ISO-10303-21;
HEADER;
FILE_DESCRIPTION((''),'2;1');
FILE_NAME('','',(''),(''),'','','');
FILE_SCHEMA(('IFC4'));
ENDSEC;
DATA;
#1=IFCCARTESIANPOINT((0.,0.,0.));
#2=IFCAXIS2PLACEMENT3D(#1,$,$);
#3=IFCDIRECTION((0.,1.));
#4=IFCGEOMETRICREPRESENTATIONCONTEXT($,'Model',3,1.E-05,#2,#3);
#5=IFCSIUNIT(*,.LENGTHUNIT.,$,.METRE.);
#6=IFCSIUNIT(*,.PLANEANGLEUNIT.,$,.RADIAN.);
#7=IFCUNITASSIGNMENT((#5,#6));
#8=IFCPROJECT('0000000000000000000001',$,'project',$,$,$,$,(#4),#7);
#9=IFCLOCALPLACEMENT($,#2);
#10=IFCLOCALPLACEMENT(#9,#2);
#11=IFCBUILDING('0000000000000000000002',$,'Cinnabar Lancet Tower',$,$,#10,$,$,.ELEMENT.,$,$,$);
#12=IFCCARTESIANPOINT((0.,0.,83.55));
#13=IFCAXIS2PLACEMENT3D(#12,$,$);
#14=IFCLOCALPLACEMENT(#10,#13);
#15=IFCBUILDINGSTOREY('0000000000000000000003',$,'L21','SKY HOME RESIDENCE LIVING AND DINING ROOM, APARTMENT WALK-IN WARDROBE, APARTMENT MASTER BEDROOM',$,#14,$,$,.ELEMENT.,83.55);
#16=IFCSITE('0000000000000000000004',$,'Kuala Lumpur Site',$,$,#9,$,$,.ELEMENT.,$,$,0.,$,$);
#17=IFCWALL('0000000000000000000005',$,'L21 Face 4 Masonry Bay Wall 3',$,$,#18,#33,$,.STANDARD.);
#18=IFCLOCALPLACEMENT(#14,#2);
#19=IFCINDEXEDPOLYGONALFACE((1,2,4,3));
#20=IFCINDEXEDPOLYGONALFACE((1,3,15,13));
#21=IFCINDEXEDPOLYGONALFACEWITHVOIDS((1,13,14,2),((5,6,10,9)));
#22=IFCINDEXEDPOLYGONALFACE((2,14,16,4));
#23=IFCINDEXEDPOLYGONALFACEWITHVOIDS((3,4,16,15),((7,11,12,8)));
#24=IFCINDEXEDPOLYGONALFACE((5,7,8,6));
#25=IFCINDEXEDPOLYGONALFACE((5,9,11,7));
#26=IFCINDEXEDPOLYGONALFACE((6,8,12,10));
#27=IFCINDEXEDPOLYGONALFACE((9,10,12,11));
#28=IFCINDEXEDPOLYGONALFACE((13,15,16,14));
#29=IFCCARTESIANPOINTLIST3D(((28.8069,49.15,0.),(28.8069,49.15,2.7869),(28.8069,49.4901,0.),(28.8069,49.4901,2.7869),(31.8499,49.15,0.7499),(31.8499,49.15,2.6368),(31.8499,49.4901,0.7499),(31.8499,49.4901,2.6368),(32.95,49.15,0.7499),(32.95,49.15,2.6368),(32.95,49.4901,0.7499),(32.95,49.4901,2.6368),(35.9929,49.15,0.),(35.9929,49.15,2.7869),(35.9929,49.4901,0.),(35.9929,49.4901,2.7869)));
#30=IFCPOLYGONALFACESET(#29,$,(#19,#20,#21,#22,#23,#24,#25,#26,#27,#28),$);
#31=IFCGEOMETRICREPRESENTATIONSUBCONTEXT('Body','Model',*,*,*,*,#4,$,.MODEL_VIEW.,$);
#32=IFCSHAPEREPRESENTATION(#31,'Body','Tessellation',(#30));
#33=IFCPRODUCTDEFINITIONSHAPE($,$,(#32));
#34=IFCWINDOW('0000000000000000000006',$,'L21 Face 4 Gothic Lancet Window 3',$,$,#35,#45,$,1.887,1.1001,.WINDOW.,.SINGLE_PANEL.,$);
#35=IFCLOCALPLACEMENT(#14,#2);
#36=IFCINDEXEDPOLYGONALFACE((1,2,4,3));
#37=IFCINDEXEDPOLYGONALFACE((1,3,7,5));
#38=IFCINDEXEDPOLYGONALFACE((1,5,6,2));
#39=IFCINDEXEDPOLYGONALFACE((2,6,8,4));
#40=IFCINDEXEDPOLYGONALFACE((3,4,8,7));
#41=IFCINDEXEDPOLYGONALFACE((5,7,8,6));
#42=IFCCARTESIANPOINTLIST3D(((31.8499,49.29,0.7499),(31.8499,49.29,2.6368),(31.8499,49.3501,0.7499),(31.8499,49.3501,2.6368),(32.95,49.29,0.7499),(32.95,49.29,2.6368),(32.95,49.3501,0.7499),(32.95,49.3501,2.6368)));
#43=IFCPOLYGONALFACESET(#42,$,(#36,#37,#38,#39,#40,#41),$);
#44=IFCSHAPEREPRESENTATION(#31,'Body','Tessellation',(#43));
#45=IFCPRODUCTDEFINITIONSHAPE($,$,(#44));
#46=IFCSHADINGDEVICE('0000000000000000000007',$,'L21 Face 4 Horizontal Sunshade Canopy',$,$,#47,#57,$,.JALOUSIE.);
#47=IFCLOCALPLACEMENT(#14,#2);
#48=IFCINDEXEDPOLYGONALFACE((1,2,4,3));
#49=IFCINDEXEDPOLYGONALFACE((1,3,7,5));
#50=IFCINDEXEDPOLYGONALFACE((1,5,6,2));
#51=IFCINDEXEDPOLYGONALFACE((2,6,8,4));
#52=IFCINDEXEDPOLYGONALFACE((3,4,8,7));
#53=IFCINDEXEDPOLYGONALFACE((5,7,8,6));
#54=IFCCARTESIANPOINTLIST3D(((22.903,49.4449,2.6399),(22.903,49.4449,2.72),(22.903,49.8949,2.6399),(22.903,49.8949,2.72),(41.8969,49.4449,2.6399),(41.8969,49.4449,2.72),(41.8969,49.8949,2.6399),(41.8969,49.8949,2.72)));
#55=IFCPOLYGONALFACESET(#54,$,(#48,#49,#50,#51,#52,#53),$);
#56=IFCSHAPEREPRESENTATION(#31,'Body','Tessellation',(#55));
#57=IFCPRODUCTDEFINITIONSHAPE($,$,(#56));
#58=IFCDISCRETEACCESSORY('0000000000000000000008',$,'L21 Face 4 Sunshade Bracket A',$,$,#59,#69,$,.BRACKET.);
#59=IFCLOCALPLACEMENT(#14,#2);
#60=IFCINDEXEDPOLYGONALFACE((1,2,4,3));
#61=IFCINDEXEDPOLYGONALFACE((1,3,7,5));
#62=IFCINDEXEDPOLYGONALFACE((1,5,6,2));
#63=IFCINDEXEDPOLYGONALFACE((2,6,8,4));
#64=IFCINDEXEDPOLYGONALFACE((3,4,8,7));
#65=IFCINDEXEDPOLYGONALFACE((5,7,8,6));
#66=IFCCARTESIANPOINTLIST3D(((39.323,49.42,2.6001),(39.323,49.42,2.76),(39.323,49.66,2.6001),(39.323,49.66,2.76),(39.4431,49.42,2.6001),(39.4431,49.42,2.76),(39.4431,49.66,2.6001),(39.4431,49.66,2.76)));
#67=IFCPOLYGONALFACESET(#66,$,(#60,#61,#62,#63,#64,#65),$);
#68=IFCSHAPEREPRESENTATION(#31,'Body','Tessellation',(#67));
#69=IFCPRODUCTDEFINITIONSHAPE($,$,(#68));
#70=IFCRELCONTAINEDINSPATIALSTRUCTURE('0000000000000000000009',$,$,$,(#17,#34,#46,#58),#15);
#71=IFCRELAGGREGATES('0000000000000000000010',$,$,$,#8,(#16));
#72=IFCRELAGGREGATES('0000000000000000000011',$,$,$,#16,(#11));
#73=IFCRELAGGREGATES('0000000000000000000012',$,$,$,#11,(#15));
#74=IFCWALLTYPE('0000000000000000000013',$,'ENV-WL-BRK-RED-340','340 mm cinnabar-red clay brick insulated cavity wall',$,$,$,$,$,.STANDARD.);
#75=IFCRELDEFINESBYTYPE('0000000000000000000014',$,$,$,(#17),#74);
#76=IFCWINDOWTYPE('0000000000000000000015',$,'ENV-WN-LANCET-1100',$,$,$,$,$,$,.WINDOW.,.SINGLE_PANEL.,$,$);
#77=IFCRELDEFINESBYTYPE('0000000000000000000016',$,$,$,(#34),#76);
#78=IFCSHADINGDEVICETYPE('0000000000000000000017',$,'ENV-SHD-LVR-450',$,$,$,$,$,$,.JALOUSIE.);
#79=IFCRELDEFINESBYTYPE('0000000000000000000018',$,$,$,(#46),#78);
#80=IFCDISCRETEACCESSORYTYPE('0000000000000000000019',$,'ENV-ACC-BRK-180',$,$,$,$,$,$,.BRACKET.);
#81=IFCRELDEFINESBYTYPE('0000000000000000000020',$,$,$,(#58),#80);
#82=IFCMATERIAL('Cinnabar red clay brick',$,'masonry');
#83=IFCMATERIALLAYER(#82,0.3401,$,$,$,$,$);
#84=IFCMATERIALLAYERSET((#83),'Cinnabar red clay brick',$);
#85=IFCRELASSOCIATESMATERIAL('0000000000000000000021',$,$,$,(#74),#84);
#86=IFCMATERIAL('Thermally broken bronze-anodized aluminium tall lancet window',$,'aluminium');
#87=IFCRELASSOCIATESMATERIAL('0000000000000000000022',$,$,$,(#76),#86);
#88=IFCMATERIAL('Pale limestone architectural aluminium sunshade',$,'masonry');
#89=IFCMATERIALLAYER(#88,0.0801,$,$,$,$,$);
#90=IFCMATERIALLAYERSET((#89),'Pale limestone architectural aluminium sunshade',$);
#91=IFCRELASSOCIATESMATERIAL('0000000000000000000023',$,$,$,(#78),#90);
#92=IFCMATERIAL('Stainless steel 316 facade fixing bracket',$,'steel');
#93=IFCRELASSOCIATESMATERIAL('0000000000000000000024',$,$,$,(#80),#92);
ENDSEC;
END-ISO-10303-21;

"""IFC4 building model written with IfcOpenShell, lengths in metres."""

from ifc_helpers import new_model, si_unit, direction, frame, frame_2d, origin, origin_2d, place, context, subcontext, project, spatial, rectangle, extrude, material, layer, layer_set, type_object, element, fill, save


model = new_model("IFC4")

# Units and contexts
model_context = context("Model", 3, precision=1e-05, world=origin(), true_north=direction((0.0, 1.0)))
body_context = subcontext(model_context, "Body", "Model", "MODEL_VIEW")
ifc_project = project(units=[si_unit("LENGTHUNIT", "METRE"), si_unit("PLANEANGLEUNIT", "RADIAN")], contexts=[model_context])

# Site, building, storey
site_placement = place(None, origin())
site = spatial("IfcSite", under=ifc_project, at=site_placement, Name="Kuala Lumpur Site", CompositionType="ELEMENT", RefElevation=0.0)
building_placement = place(site_placement, origin())
building = spatial("IfcBuilding", under=site, at=building_placement, Name="Cinnabar Lancet Tower", CompositionType="ELEMENT")
storey_placement = place(building_placement, frame((0.0, 0.0, 83.55)))
storey = spatial("IfcBuildingStorey", under=building, at=storey_placement, Name="L21", Description="SKY HOME RESIDENCE LIVING AND DINING ROOM, APARTMENT WALK-IN WARDROBE, APARTMENT MASTER BEDROOM", CompositionType="ELEMENT", Elevation=83.55)

# Wall, opening, window
ifc_material_1 = material(Name="Cinnabar red clay brick", Category="masonry")
ifc_layer_1 = layer(ifc_material_1, 0.3401)
ifc_layer_set_1 = layer_set([ifc_layer_1], Name="Cinnabar red clay brick")
wall_type_1 = type_object("IfcWallType", Name="ENV-WL-BRK-RED-340", Description="340 mm cinnabar-red clay brick insulated cavity wall", PredefinedType="STANDARD", material=ifc_layer_set_1)
ifc_material_2 = material(Name="Thermally broken bronze-anodized aluminium tall lancet window", Category="aluminium")
window_type = type_object("IfcWindowType", Name="ENV-WN-LANCET-1100", PartitioningType="SINGLE_PANEL", PredefinedType="WINDOW", material=ifc_material_2)
wall_1_placement = place(storey_placement, frame((35.9929, 49.3201, 0.0), z_axis=(0.0, 0.0, 1.0), x_axis=(-1.0, 0.0, 0.0)))
wall_1 = element("IfcWall", 1, at=wall_1_placement, inside=storey, type_object=wall_type_1, Name="L21 Face 4 Masonry Bay Wall 3", PredefinedType="STANDARD", context=body_context, shape_type="SweptSolid", body=[
    extrude(rectangle(XDim=7.186, YDim=0.3401, at=frame_2d((3.593, 0.0))), origin(), (0.0, 0.0, 1.0), 2.7869),
])
opening_1_placement = place(wall_1_placement, frame((3.043, 0.0, 0.75)))
opening_1 = element("IfcOpeningElement", 2, at=opening_1_placement, cuts=wall_1, PredefinedType="OPENING", context=body_context, shape_type="SweptSolid", body=[
    extrude(rectangle(XDim=1.1001, YDim=1.887, at=frame_2d((0.55, 0.9434))), frame((0.0, 0.1799, 0.0), z_axis=(0.0, -1.0, 0.0), x_axis=(1.0, 0.0, 0.0)), (0.0, 0.0, 1.0), 0.3601),
])
window_1_placement = place(opening_1_placement, origin())
window_1 = element("IfcWindow", 3, at=window_1_placement, inside=storey, type_object=window_type, Name="L21 Face 4 Gothic Lancet Window 3", OverallHeight=1.887, OverallWidth=1.1001, PartitioningType="SINGLE_PANEL", PredefinedType="WINDOW", context=body_context, shape_type="SweptSolid", body=[
    extrude(rectangle(XDim=1.1001, YDim=1.887, at=frame_2d((0.55, 0.9434))), frame((0.0, 0.03, 0.0), z_axis=(0.0, -1.0, 0.0), x_axis=(1.0, 0.0, 0.0)), (0.0, 0.0, 1.0), 0.0601),
])
fill(opening_1, window_1)

# Shading device
ifc_material_3 = material(Name="Pale limestone architectural aluminium sunshade", Category="masonry")
ifc_layer_2 = layer(ifc_material_3, 0.0801)
ifc_layer_set_2 = layer_set([ifc_layer_2], Name="Pale limestone architectural aluminium sunshade")
shading_device_type = type_object("IfcShadingDeviceType", Name="ENV-SHD-LVR-450", PredefinedType="JALOUSIE", material=ifc_layer_set_2)
shading_device_placement = place(storey_placement, frame((32.3999, 49.6699, 2.6399), z_axis=(0.0, 0.0, 1.0), x_axis=(-1.0, 0.0, 0.0)))
element("IfcShadingDevice", 4, at=shading_device_placement, inside=storey, type_object=shading_device_type, Name="L21 Face 4 Horizontal Sunshade Canopy", PredefinedType="JALOUSIE", context=body_context, shape_type="SweptSolid", body=[
    extrude(rectangle(XDim=18.9939, YDim=0.45, at=origin_2d()), origin(), (0.0, 0.0, 1.0), 0.0801),
])

# Discrete accessory
ifc_material_4 = material(Name="Stainless steel 316 facade fixing bracket", Category="steel")
discrete_accessory_type = type_object("IfcDiscreteAccessoryType", Name="ENV-ACC-BRK-180", PredefinedType="BRACKET", material=ifc_material_4)
discrete_accessory_placement = place(storey_placement, frame((39.3831, 49.54, 2.6001), z_axis=(0.0, 0.0, 1.0), x_axis=(-1.0, 0.0, 0.0)))
element("IfcDiscreteAccessory", 5, at=discrete_accessory_placement, inside=storey, type_object=discrete_accessory_type, Name="L21 Face 4 Sunshade Bracket A", PredefinedType="BRACKET", context=body_context, shape_type="SweptSolid", body=[
    extrude(rectangle(XDim=0.1201, YDim=0.24, at=origin_2d()), origin(), (0.0, 0.0, 1.0), 0.1599),
])

save(model, "model.ifc")
